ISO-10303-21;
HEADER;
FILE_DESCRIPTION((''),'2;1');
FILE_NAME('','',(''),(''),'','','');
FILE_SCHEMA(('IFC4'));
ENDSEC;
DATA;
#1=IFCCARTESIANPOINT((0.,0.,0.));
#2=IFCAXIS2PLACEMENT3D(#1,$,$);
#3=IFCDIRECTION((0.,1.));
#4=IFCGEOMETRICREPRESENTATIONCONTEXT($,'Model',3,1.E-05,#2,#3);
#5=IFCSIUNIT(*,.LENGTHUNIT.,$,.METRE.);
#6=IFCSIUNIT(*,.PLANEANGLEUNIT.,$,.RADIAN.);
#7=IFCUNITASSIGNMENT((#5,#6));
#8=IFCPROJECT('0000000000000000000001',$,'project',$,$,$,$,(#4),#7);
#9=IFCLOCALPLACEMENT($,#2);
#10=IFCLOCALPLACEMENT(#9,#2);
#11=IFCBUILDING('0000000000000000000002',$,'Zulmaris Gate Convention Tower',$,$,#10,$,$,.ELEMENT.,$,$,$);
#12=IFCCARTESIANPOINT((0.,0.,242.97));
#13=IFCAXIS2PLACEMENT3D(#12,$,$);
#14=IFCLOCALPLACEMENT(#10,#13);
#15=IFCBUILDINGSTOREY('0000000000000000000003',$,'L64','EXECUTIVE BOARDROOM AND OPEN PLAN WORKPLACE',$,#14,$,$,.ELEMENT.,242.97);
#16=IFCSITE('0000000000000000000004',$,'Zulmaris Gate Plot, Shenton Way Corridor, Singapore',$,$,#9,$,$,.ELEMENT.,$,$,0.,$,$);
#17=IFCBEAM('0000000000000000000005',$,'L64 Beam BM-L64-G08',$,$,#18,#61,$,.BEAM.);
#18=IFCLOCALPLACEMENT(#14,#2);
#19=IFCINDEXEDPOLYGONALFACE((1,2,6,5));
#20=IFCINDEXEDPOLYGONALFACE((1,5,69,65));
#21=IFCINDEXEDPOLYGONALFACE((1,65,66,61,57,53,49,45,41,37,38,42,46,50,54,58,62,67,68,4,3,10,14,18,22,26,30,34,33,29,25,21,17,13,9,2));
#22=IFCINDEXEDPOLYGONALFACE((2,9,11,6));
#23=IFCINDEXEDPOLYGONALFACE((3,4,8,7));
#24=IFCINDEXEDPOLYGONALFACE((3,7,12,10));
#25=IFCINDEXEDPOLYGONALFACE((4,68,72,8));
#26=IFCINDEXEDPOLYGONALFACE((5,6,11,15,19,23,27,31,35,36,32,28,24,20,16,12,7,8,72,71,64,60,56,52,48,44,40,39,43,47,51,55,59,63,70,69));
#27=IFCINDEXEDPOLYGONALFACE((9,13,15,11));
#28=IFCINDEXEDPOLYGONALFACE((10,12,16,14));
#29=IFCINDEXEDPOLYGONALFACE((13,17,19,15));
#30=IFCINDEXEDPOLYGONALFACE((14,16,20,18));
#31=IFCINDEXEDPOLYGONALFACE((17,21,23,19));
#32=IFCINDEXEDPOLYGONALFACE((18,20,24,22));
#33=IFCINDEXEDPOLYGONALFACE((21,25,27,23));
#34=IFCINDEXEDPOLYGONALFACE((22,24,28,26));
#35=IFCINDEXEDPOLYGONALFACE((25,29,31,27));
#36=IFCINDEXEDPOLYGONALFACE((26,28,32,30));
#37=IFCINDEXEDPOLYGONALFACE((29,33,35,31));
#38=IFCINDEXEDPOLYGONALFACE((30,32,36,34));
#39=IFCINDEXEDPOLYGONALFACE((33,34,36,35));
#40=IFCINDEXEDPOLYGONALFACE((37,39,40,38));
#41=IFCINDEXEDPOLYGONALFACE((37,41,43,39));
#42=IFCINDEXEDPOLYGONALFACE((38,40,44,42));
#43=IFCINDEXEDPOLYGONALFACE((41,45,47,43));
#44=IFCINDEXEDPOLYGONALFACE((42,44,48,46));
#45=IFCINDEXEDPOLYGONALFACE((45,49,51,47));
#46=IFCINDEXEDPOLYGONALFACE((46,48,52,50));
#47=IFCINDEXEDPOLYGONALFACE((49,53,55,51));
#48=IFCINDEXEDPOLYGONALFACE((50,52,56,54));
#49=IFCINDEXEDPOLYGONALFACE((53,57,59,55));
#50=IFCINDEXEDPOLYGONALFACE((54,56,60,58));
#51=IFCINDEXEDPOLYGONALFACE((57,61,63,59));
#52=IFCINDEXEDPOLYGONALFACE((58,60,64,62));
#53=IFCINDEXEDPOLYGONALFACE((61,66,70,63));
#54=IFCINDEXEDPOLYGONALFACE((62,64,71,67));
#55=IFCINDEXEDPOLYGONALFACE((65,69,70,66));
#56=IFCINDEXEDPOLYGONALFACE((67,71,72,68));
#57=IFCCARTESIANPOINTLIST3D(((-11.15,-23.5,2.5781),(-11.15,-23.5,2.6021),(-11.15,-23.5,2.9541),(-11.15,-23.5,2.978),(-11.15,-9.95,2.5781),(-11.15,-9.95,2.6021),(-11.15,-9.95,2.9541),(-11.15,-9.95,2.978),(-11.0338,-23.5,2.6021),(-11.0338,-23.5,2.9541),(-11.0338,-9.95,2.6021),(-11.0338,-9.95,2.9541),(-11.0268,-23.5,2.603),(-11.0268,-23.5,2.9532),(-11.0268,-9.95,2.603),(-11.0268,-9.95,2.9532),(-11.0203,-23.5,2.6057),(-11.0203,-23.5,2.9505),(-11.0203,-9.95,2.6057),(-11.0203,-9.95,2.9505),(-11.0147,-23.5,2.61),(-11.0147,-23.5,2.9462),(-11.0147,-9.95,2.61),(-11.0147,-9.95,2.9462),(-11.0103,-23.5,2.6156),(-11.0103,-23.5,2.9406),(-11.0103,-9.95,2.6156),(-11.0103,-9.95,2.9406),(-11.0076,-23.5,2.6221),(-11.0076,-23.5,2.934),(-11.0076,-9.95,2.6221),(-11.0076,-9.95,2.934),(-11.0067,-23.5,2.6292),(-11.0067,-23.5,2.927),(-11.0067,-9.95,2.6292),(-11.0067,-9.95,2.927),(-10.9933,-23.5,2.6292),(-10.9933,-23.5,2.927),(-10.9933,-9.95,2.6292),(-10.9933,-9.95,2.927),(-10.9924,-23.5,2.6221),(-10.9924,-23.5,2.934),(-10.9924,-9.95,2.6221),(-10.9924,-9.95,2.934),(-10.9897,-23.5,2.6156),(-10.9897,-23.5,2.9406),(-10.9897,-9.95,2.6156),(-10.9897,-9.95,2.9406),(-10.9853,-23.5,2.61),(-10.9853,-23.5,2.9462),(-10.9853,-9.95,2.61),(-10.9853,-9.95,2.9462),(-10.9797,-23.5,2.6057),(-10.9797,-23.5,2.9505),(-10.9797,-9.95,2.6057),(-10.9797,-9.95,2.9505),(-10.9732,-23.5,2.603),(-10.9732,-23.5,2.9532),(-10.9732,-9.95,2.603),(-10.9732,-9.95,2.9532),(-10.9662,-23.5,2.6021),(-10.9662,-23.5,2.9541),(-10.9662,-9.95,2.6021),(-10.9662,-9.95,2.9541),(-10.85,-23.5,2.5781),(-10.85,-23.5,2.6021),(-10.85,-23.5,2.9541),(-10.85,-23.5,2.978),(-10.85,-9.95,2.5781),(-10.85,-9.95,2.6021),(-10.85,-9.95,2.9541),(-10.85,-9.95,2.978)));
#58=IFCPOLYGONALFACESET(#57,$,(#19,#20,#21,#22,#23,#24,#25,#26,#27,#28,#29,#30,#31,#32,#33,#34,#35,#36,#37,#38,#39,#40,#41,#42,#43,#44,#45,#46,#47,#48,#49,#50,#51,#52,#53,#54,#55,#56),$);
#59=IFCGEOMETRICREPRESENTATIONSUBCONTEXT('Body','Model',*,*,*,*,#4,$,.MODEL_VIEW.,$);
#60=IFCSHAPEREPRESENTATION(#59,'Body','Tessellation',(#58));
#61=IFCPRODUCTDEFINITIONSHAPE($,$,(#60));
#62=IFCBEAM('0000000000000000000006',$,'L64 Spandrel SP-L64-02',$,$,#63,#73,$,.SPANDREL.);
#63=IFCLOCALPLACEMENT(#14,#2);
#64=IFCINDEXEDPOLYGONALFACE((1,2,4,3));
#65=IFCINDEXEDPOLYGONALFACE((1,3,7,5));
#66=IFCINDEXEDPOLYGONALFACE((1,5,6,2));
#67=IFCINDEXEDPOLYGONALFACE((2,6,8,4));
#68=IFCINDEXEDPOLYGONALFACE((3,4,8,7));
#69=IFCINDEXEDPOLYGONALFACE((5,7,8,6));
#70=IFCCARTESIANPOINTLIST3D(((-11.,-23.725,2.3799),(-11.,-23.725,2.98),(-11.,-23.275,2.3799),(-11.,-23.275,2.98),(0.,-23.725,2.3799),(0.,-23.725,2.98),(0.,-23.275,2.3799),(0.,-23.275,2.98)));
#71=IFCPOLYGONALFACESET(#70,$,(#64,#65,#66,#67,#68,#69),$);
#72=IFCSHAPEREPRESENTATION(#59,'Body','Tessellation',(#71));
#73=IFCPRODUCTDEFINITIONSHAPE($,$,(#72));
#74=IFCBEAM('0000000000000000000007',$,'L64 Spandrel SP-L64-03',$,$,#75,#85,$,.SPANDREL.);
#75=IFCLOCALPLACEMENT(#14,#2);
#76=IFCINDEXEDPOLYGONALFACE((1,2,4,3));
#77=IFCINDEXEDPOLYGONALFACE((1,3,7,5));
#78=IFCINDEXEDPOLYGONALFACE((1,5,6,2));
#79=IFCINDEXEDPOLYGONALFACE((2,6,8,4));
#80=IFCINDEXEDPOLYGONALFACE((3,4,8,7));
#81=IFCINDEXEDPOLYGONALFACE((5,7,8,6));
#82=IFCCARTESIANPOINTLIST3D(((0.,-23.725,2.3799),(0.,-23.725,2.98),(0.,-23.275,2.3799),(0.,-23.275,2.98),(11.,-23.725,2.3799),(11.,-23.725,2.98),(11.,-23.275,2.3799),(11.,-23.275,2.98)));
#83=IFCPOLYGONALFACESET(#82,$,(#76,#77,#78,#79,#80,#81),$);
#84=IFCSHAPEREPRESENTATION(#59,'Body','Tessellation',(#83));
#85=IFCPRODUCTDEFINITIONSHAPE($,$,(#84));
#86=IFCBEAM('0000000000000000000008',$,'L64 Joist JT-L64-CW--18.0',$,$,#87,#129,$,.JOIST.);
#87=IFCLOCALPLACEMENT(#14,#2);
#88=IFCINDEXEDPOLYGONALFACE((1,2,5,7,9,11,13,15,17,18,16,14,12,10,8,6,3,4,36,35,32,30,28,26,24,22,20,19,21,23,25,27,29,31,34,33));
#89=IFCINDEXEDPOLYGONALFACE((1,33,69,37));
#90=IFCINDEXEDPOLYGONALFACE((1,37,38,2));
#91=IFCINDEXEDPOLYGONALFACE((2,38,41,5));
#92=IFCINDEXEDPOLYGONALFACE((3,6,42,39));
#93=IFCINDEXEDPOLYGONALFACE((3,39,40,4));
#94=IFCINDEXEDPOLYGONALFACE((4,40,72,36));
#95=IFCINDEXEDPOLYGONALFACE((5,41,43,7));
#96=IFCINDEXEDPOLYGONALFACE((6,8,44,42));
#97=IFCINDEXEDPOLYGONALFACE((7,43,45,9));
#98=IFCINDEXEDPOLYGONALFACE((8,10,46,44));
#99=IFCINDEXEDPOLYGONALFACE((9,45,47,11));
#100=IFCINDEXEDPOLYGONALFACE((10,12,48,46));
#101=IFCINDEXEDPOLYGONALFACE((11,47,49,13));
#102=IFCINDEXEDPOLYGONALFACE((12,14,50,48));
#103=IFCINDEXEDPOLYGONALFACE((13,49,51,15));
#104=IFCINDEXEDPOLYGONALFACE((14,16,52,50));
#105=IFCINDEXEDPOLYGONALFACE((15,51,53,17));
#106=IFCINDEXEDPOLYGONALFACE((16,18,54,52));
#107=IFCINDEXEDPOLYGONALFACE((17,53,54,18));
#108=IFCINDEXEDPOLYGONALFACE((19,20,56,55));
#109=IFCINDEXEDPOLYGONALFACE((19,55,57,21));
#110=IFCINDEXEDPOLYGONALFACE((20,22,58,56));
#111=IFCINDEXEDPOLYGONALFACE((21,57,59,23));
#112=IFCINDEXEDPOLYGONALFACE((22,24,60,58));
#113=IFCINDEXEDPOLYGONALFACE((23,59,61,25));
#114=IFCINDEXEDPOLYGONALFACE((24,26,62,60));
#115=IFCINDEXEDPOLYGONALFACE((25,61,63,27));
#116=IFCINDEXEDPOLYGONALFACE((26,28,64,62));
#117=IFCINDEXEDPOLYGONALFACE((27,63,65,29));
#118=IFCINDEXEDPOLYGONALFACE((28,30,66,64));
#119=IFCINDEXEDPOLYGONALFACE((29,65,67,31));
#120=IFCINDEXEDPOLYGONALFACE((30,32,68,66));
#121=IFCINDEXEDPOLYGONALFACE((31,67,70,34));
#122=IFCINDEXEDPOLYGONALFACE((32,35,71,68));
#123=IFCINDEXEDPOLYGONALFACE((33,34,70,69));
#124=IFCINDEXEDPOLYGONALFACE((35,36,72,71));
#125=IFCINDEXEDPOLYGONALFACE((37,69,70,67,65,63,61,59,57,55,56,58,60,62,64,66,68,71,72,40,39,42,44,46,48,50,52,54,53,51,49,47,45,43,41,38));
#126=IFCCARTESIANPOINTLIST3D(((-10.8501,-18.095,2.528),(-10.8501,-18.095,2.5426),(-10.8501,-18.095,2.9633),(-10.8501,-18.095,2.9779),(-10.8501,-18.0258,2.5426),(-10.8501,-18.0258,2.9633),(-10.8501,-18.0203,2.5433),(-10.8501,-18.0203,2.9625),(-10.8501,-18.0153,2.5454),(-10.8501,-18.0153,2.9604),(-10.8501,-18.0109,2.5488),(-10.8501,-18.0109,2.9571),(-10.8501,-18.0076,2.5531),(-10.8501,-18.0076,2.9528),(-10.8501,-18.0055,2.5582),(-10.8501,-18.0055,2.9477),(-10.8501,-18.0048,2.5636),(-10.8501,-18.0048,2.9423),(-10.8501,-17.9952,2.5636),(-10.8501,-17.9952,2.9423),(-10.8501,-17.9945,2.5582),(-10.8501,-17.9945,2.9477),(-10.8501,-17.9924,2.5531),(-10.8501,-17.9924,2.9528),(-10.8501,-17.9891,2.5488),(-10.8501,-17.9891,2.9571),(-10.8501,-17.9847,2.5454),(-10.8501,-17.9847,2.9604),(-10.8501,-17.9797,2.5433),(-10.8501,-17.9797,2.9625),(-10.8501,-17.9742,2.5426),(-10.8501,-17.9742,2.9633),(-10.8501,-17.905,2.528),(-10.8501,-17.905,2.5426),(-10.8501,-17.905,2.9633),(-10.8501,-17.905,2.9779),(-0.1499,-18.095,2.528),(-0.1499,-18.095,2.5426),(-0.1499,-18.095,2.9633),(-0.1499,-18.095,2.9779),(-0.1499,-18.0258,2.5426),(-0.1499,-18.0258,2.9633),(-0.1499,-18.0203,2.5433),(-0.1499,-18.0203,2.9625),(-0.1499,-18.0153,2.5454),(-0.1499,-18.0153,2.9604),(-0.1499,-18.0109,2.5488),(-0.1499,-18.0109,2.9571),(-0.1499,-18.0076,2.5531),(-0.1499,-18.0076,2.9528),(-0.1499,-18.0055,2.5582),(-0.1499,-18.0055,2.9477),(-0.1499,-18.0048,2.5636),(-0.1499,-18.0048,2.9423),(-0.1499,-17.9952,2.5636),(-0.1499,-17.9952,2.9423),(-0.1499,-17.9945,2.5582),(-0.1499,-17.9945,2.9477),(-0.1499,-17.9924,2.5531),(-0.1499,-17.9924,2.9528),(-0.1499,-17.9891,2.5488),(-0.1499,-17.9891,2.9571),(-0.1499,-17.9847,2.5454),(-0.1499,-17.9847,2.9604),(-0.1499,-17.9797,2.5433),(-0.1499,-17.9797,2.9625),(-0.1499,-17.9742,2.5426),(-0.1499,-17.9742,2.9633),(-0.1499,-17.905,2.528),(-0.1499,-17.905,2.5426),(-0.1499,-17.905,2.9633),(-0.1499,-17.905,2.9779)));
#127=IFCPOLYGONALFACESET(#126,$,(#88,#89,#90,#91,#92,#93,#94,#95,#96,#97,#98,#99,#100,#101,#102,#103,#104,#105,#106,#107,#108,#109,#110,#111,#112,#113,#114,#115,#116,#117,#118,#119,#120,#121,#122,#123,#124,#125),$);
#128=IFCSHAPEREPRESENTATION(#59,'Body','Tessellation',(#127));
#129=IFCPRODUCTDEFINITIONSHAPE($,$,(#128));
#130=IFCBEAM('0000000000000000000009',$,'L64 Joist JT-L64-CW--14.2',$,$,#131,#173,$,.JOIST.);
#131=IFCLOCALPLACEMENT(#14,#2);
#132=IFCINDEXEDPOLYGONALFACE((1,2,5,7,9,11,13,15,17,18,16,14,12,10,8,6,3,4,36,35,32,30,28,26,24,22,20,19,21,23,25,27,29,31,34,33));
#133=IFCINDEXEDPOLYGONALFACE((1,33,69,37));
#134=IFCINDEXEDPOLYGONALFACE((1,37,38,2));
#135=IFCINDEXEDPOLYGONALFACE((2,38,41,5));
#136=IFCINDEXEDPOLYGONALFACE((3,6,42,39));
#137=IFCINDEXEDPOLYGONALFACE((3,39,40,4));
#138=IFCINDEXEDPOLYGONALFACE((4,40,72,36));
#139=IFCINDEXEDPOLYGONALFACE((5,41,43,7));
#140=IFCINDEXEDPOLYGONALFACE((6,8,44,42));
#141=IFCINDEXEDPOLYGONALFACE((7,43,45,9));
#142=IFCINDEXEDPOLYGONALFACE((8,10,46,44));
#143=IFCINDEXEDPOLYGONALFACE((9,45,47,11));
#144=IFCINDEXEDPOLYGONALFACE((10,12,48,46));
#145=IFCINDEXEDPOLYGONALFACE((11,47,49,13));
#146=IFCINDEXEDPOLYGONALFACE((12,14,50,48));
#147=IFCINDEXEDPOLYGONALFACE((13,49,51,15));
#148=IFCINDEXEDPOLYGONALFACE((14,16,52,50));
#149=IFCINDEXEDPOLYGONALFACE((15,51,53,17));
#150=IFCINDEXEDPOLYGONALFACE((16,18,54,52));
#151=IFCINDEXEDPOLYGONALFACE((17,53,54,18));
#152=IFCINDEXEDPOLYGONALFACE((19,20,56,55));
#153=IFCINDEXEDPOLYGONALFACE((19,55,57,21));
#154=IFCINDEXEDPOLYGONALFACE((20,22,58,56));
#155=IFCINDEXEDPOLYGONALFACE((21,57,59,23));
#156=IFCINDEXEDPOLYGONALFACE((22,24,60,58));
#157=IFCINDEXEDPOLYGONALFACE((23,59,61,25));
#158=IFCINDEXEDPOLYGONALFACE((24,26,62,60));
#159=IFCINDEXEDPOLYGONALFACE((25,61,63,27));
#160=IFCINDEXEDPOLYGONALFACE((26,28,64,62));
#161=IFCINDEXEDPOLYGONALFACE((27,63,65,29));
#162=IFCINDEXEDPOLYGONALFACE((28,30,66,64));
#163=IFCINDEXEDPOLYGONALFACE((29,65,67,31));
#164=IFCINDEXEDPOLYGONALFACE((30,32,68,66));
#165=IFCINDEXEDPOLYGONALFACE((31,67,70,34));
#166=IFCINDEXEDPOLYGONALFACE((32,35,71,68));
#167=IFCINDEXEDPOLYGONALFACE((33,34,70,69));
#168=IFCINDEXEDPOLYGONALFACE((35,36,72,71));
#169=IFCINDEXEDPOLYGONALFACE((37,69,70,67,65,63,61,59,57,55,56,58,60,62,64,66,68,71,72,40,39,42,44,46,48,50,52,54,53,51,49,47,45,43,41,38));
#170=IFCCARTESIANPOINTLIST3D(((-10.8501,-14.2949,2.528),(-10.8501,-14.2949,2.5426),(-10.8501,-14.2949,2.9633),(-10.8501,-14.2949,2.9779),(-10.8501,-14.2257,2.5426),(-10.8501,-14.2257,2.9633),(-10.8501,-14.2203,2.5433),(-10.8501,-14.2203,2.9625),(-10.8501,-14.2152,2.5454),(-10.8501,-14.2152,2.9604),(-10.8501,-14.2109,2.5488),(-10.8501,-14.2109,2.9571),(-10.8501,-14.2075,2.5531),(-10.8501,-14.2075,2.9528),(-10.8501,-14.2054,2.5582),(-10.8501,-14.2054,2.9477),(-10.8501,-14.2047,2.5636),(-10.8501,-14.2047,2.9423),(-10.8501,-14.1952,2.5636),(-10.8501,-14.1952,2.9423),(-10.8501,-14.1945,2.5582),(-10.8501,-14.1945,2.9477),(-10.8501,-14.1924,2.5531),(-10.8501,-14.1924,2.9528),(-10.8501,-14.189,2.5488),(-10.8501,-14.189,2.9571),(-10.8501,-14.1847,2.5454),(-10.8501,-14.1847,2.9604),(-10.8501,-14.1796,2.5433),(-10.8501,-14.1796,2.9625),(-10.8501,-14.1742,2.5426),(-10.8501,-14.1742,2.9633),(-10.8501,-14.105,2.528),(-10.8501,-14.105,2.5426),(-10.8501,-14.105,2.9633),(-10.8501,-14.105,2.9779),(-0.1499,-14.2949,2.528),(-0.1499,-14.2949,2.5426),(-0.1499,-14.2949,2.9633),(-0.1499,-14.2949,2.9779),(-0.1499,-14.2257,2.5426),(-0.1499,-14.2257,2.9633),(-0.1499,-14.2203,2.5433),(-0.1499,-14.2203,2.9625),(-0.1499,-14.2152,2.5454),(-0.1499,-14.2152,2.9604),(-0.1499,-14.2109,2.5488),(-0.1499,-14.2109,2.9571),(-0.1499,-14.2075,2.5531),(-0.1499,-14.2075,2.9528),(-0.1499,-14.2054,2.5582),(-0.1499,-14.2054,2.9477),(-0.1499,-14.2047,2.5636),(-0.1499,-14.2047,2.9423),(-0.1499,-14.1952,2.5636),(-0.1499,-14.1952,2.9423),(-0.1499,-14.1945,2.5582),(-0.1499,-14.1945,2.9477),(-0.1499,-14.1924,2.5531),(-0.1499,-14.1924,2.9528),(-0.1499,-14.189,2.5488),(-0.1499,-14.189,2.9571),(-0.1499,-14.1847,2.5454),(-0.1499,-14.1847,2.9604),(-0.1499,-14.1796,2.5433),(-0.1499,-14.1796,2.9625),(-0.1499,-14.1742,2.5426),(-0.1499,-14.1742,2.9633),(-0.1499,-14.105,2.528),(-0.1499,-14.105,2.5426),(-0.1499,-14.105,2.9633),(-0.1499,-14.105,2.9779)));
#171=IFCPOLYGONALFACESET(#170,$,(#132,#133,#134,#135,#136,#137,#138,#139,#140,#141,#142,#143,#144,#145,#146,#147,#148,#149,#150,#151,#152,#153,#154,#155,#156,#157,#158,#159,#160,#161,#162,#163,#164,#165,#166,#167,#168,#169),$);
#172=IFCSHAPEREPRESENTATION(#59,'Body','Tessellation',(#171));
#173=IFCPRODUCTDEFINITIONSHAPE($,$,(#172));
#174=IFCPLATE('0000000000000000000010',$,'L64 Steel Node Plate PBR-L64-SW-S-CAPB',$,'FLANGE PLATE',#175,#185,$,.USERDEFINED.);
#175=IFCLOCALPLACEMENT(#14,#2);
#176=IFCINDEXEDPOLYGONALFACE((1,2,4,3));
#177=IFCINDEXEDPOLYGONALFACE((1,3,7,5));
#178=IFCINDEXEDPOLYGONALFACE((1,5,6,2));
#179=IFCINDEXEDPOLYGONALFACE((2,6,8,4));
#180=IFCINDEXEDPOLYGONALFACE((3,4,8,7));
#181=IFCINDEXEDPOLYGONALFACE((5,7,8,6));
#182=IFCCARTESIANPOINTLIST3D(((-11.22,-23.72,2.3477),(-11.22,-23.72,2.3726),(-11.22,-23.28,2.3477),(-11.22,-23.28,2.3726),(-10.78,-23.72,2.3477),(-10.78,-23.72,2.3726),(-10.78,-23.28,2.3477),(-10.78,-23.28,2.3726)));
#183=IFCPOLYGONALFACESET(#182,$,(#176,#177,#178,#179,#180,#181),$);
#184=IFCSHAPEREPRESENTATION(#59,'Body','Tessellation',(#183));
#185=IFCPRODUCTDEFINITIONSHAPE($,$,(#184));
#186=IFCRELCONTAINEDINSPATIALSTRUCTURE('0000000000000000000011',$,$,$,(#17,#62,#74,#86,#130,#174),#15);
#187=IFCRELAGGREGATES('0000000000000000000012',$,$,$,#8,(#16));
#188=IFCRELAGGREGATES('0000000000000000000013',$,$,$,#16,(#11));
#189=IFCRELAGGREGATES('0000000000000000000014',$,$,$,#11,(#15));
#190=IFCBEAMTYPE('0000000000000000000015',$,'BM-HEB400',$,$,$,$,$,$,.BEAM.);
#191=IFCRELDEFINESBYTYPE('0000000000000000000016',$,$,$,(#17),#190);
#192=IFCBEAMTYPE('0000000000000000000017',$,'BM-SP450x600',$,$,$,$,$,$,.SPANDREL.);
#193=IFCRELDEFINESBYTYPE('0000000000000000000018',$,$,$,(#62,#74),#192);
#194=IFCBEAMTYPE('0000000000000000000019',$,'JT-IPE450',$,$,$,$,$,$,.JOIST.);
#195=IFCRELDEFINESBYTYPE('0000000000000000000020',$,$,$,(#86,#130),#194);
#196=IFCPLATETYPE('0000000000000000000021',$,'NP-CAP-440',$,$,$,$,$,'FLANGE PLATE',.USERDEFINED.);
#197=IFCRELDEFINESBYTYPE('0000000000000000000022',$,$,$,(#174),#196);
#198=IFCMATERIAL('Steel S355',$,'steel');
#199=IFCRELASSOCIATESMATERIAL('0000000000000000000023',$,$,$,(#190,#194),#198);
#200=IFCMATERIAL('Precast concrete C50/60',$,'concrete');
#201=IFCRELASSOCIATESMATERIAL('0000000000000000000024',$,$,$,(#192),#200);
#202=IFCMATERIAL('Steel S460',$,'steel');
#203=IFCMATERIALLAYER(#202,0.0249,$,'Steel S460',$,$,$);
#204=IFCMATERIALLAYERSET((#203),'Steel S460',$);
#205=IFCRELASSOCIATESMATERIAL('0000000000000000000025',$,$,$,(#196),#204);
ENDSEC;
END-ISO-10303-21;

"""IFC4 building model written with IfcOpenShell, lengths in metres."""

from ifc_helpers import new_model, si_unit, direction, frame, origin, origin_2d, place, context, subcontext, project, spatial, rectangle, i_section, extrude, material, layer, layer_set, material_profile, profile_set, type_object, element, save


model = new_model("IFC4")

# Units and contexts
model_context = context("Model", 3, precision=1e-05, world=origin(), true_north=direction((0.0, 1.0)))
body_context = subcontext(model_context, "Body", "Model", "MODEL_VIEW")
ifc_project = project(units=[si_unit("LENGTHUNIT", "METRE"), si_unit("PLANEANGLEUNIT", "RADIAN")], contexts=[model_context])

# Site, building, storey
site_placement = place(None, origin())
site = spatial("IfcSite", under=ifc_project, at=site_placement, Name="Zulmaris Gate Plot, Shenton Way Corridor, Singapore", CompositionType="ELEMENT", RefElevation=0.0)
building_placement = place(site_placement, origin())
building = spatial("IfcBuilding", under=site, at=building_placement, Name="Zulmaris Gate Convention Tower", CompositionType="ELEMENT")
storey_placement = place(building_placement, frame((0.0, 0.0, 242.97)))
storey = spatial("IfcBuildingStorey", under=building, at=storey_placement, Name="L64", Description="EXECUTIVE BOARDROOM AND OPEN PLAN WORKPLACE", CompositionType="ELEMENT", Elevation=242.97)

# Beams
ifc_material_1 = material(Name="Steel S355", Category="steel")
ifc_material_profile_1 = material_profile(ifc_material_1, i_section(OverallWidth=0.3, OverallDepth=0.3999, WebThickness=0.0134, FlangeThickness=0.0239, FilletRadius=0.0271, at=origin_2d()), Name="HEB 400")
ifc_profile_set_1 = profile_set([ifc_material_profile_1], Name="Steel S355")
beam_type_1 = type_object("IfcBeamType", Name="BM-HEB400", PredefinedType="BEAM", material=ifc_profile_set_1)
beam_1_placement = place(storey_placement, frame((-11.0, -23.5, 2.7781), z_axis=(0.0, 1.0, 0.0), x_axis=(-1.0, 0.0, 0.0)))
element("IfcBeam", 1, at=beam_1_placement, inside=storey, type_object=beam_type_1, Name="L64 Beam BM-L64-G08", PredefinedType="BEAM", context=body_context, shape_type="SweptSolid", body=[
    extrude(i_section(OverallWidth=0.3, OverallDepth=0.3999, WebThickness=0.0134, FlangeThickness=0.0239, FilletRadius=0.0271, at=origin_2d()), origin(), (0.0, 0.0, 1.0), 13.55),
])
ifc_material_2 = material(Name="Precast concrete C50/60", Category="concrete")
ifc_material_profile_2 = material_profile(ifc_material_2, rectangle(XDim=0.45, YDim=0.6001, at=origin_2d()), Name="RC SPANDREL 450x600")
ifc_profile_set_2 = profile_set([ifc_material_profile_2], Name="Precast concrete C50/60")
beam_type_2 = type_object("IfcBeamType", Name="BM-SP450x600", PredefinedType="SPANDREL", material=ifc_profile_set_2)
for number, where, z_axis, x_axis, name in (
    (2, (-11.0, -23.5, 2.6799), (1.0, 0.0, 0.0), (0.0, 1.0, 0.0), "L64 Spandrel SP-L64-02"),
    (3, (0.0, -23.5, 2.6799), (1.0, 0.0, 0.0), (0.0, 1.0, 0.0), "L64 Spandrel SP-L64-03"),
):
    element("IfcBeam", number, at=place(storey_placement, frame(where, z_axis=z_axis, x_axis=x_axis)), inside=storey, type_object=beam_type_2, Name=name, PredefinedType="SPANDREL", context=body_context, shape_type="SweptSolid", body=[
        extrude(rectangle(XDim=0.45, YDim=0.6001, at=origin_2d()), origin(), (0.0, 0.0, 1.0), 11.0),
    ])
ifc_material_profile_3 = material_profile(ifc_material_1, i_section(OverallWidth=0.1899, OverallDepth=0.45, WebThickness=0.0095, FlangeThickness=0.0146, FilletRadius=0.021, at=origin_2d()), Name="IPE 450")
ifc_profile_set_3 = profile_set([ifc_material_profile_3], Name="Steel S355")
beam_type_3 = type_object("IfcBeamType", Name="JT-IPE450", PredefinedType="JOIST", material=ifc_profile_set_3)
for number, where, z_axis, x_axis, name in (
    (4, (-10.8501, -18.0, 2.7529), (1.0, 0.0, 0.0), (0.0, 1.0, 0.0), "L64 Joist JT-L64-CW--18.0"),
    (5, (-10.8501, -14.2, 2.7529), (1.0, 0.0, 0.0), (0.0, 1.0, 0.0), "L64 Joist JT-L64-CW--14.2"),
):
    element("IfcBeam", number, at=place(storey_placement, frame(where, z_axis=z_axis, x_axis=x_axis)), inside=storey, type_object=beam_type_3, Name=name, PredefinedType="JOIST", context=body_context, shape_type="SweptSolid", body=[
        extrude(i_section(OverallWidth=0.1899, OverallDepth=0.45, WebThickness=0.0095, FlangeThickness=0.0146, FilletRadius=0.021, at=origin_2d()), origin(), (0.0, 0.0, 1.0), 10.7002),
    ])

# Plate
ifc_material_3 = material(Name="Steel S460", Category="steel")
ifc_layer_1 = layer(ifc_material_3, 0.0249, Name="Steel S460")
ifc_layer_set_1 = layer_set([ifc_layer_1], Name="Steel S460")
plate_type = type_object("IfcPlateType", Name="NP-CAP-440", ElementType="FLANGE PLATE", PredefinedType="USERDEFINED", material=ifc_layer_set_1)
plate_placement = place(storey_placement, frame((-11.0, -23.5, 2.3477), z_axis=(0.0, 0.0, 1.0), x_axis=(1.0, 0.0, 0.0)))
element("IfcPlate", 6, at=plate_placement, inside=storey, type_object=plate_type, Name="L64 Steel Node Plate PBR-L64-SW-S-CAPB", ObjectType="FLANGE PLATE", PredefinedType="USERDEFINED", context=body_context, shape_type="SweptSolid", body=[
    extrude(rectangle(XDim=0.4399, YDim=0.4399, at=origin_2d()), origin(), (0.0, 0.0, 1.0), 0.0249),
])

save(model, "model.ifc")
